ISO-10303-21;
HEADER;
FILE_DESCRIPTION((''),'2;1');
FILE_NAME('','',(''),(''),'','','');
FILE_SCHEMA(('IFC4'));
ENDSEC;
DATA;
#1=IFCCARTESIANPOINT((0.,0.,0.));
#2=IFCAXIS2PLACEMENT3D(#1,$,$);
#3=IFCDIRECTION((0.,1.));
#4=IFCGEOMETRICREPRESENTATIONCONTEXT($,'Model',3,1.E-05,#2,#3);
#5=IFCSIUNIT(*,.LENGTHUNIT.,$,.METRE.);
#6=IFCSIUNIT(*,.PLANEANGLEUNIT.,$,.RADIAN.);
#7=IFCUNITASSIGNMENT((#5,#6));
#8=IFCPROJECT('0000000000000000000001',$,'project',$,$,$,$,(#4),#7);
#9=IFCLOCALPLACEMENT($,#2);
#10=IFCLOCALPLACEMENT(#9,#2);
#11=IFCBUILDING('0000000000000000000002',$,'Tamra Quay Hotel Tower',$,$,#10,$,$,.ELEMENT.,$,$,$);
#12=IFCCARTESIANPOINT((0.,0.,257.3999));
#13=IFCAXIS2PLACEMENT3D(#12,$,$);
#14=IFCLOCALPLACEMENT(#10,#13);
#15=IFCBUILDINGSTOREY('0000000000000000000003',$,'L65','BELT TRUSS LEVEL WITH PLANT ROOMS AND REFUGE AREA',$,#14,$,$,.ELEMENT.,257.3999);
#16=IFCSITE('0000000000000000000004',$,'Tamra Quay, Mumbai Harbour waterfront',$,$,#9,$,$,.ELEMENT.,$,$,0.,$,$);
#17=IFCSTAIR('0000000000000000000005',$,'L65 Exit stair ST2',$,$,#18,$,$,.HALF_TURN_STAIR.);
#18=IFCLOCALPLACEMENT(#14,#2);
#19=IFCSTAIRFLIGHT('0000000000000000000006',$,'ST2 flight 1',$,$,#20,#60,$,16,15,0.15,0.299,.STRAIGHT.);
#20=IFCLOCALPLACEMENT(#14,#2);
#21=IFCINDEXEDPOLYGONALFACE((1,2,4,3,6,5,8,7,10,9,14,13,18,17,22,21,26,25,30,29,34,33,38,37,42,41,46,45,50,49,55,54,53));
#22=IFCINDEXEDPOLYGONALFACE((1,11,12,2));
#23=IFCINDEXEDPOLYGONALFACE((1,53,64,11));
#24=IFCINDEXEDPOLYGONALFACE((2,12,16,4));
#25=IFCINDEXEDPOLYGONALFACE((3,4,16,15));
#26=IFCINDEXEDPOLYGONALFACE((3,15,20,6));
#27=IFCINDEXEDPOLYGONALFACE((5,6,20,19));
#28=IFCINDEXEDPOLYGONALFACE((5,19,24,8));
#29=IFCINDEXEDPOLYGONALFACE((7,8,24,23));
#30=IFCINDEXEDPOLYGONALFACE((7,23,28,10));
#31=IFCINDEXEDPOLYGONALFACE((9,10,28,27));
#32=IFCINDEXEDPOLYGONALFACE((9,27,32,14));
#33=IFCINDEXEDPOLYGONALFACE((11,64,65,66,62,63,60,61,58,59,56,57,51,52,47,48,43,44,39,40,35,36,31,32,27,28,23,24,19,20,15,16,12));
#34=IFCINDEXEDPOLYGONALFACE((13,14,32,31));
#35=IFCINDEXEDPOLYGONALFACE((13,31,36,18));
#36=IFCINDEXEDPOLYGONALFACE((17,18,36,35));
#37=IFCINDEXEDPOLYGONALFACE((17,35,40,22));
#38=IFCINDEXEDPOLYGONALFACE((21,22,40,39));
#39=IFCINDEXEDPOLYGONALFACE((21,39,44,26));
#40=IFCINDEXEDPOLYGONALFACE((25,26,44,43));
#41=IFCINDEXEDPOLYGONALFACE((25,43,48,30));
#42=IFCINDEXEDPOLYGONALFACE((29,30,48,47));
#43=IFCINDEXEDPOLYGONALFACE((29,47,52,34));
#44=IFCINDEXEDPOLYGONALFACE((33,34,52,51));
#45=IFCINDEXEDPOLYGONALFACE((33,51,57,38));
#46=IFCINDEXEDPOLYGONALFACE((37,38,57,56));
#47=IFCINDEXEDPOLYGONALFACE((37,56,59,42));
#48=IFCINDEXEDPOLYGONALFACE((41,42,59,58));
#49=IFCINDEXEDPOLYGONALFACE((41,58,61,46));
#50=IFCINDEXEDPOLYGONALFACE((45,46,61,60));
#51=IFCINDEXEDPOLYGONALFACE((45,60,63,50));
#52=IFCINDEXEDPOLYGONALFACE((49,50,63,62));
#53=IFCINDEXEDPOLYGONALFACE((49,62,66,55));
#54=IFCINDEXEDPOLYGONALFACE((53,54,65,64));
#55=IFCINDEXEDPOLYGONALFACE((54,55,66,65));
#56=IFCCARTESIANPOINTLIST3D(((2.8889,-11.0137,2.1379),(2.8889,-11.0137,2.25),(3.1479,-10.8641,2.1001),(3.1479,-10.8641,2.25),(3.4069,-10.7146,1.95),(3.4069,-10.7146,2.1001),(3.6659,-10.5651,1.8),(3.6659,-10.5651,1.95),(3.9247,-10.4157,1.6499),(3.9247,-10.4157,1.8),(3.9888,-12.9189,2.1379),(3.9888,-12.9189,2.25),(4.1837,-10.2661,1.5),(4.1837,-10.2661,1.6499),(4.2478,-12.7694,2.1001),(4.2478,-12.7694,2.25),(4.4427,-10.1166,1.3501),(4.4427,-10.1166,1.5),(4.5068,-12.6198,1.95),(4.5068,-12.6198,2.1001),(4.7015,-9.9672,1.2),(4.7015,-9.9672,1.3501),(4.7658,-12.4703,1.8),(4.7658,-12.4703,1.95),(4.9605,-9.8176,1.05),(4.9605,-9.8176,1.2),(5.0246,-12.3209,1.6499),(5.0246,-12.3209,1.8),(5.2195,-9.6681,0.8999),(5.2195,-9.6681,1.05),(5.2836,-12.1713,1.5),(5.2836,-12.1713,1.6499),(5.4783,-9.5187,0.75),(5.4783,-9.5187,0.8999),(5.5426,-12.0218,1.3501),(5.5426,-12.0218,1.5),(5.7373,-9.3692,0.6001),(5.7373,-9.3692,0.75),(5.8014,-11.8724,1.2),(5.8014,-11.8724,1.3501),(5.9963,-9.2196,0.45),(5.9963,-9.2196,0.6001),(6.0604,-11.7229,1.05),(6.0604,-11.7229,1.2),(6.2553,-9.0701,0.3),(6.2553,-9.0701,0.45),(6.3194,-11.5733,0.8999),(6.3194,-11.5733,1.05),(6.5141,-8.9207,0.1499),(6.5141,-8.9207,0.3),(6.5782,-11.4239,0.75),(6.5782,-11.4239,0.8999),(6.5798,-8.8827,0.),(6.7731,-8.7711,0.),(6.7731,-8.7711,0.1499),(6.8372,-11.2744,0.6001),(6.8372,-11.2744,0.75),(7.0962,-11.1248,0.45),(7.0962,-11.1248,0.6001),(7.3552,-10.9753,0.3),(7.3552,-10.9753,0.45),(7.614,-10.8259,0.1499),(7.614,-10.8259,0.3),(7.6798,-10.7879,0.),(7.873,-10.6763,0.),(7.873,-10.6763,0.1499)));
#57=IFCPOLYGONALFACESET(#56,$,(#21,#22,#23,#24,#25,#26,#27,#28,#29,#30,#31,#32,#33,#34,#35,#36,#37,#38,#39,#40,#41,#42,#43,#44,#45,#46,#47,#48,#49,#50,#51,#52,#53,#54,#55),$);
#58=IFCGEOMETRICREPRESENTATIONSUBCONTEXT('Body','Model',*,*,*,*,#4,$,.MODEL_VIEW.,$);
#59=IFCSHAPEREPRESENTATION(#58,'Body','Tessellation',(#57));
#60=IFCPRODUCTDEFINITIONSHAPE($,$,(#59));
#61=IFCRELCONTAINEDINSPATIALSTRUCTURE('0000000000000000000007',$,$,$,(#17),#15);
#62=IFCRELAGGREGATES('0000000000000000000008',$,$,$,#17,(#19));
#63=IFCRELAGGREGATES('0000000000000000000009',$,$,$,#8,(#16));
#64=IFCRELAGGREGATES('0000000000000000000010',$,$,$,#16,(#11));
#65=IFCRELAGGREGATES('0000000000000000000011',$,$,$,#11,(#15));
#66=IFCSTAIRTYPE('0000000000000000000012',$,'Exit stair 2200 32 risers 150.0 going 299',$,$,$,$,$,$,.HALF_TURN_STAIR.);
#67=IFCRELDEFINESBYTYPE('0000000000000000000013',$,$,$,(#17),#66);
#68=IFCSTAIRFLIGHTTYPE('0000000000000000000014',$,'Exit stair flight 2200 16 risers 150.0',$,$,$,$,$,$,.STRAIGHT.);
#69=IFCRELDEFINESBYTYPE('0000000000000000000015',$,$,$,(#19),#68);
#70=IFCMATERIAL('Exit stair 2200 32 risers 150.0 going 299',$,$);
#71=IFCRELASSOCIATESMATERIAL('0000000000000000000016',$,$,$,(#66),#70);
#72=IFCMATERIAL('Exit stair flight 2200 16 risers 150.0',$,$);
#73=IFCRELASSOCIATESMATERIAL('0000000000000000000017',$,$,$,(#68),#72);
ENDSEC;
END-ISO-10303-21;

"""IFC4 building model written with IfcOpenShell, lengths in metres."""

from ifc_helpers import new_model, si_unit, direction, frame, origin, place, context, subcontext, project, spatial, polyline, outline, extrude, material, type_object, element, aggregate, save


model = new_model("IFC4")

# Units and contexts
model_context = context("Model", 3, precision=1e-05, world=origin(), true_north=direction((0.0, 1.0)))
body_context = subcontext(model_context, "Body", "Model", "MODEL_VIEW")
ifc_project = project(units=[si_unit("LENGTHUNIT", "METRE"), si_unit("PLANEANGLEUNIT", "RADIAN")], contexts=[model_context])

# Site, building, storey
site_placement = place(None, origin())
site = spatial("IfcSite", under=ifc_project, at=site_placement, Name="Tamra Quay, Mumbai Harbour waterfront", CompositionType="ELEMENT", RefElevation=0.0)
building_placement = place(site_placement, origin())
building = spatial("IfcBuilding", under=site, at=building_placement, Name="Tamra Quay Hotel Tower", CompositionType="ELEMENT")
storey_placement = place(building_placement, frame((0.0, 0.0, 257.3999)))
storey = spatial("IfcBuildingStorey", under=building, at=storey_placement, Name="L65", Description="BELT TRUSS LEVEL WITH PLANT ROOMS AND REFUGE AREA", CompositionType="ELEMENT", Elevation=257.3999)

# Stair, stair flight
ifc_material_1 = material(Name="Exit stair 2200 32 risers 150.0 going 299")
stair_type = type_object("IfcStairType", Name="Exit stair 2200 32 risers 150.0 going 299", PredefinedType="HALF_TURN_STAIR", material=ifc_material_1)
stair_placement = place(storey_placement, origin())
stair = element("IfcStair", 1, at=stair_placement, inside=storey, type_object=stair_type, Name="L65 Exit stair ST2", PredefinedType="HALF_TURN_STAIR")
ifc_material_2 = material(Name="Exit stair flight 2200 16 risers 150.0")
stair_flight_type = type_object("IfcStairFlightType", Name="Exit stair flight 2200 16 risers 150.0", PredefinedType="STRAIGHT", material=ifc_material_2)
stair_flight_placement = place(storey_placement, frame((7.323, -9.7236, 0.0), z_axis=(0.0, 0.0, 1.0), x_axis=(-0.866025, -0.5, 0.0)))
stair_flight = element("IfcStairFlight", 2, at=stair_flight_placement, type_object=stair_flight_type, Name="ST2 flight 1", NumberOfRisers=16, NumberOfTreads=15, PredefinedType="STRAIGHT", RiserHeight=0.15, TreadLength=0.299, context=body_context, shape_type="SweptSolid", body=[
    extrude(outline(polyline([(0.0, 0.0), (0.0, 0.1499), (0.2991, 0.1499), (0.2991, 0.3), (0.5979, 0.3), (0.5979, 0.45), (0.897, 0.45), (0.897, 0.6001), (1.196, 0.6001), (1.196, 0.75), (1.4951, 0.75), (1.4951, 0.8999), (1.7939, 0.8999), (1.7939, 1.05), (2.093, 1.05), (2.093, 1.2), (2.3921, 1.2), (2.3921, 1.3501), (2.6909, 1.3501), (2.6909, 1.5), (2.99, 1.5), (2.99, 1.6499), (3.2891, 1.6499), (3.2891, 1.8), (3.5879, 1.8), (3.5879, 1.95), (3.887, 1.95), (3.887, 2.1001), (4.186, 2.1001), (4.186, 2.25), (4.4851, 2.25), (4.4851, 2.3999), (4.4851, 2.1379), (0.2231, 0.0), (0.0, 0.0)])), frame((0.0, 1.1001, 0.0), z_axis=(0.0, -1.0, 0.0), x_axis=(1.0, 0.0, 0.0)), (0.0, 0.0, 1.0), 2.2),
])
aggregate(stair, [stair_flight])

save(model, "model.ifc")
